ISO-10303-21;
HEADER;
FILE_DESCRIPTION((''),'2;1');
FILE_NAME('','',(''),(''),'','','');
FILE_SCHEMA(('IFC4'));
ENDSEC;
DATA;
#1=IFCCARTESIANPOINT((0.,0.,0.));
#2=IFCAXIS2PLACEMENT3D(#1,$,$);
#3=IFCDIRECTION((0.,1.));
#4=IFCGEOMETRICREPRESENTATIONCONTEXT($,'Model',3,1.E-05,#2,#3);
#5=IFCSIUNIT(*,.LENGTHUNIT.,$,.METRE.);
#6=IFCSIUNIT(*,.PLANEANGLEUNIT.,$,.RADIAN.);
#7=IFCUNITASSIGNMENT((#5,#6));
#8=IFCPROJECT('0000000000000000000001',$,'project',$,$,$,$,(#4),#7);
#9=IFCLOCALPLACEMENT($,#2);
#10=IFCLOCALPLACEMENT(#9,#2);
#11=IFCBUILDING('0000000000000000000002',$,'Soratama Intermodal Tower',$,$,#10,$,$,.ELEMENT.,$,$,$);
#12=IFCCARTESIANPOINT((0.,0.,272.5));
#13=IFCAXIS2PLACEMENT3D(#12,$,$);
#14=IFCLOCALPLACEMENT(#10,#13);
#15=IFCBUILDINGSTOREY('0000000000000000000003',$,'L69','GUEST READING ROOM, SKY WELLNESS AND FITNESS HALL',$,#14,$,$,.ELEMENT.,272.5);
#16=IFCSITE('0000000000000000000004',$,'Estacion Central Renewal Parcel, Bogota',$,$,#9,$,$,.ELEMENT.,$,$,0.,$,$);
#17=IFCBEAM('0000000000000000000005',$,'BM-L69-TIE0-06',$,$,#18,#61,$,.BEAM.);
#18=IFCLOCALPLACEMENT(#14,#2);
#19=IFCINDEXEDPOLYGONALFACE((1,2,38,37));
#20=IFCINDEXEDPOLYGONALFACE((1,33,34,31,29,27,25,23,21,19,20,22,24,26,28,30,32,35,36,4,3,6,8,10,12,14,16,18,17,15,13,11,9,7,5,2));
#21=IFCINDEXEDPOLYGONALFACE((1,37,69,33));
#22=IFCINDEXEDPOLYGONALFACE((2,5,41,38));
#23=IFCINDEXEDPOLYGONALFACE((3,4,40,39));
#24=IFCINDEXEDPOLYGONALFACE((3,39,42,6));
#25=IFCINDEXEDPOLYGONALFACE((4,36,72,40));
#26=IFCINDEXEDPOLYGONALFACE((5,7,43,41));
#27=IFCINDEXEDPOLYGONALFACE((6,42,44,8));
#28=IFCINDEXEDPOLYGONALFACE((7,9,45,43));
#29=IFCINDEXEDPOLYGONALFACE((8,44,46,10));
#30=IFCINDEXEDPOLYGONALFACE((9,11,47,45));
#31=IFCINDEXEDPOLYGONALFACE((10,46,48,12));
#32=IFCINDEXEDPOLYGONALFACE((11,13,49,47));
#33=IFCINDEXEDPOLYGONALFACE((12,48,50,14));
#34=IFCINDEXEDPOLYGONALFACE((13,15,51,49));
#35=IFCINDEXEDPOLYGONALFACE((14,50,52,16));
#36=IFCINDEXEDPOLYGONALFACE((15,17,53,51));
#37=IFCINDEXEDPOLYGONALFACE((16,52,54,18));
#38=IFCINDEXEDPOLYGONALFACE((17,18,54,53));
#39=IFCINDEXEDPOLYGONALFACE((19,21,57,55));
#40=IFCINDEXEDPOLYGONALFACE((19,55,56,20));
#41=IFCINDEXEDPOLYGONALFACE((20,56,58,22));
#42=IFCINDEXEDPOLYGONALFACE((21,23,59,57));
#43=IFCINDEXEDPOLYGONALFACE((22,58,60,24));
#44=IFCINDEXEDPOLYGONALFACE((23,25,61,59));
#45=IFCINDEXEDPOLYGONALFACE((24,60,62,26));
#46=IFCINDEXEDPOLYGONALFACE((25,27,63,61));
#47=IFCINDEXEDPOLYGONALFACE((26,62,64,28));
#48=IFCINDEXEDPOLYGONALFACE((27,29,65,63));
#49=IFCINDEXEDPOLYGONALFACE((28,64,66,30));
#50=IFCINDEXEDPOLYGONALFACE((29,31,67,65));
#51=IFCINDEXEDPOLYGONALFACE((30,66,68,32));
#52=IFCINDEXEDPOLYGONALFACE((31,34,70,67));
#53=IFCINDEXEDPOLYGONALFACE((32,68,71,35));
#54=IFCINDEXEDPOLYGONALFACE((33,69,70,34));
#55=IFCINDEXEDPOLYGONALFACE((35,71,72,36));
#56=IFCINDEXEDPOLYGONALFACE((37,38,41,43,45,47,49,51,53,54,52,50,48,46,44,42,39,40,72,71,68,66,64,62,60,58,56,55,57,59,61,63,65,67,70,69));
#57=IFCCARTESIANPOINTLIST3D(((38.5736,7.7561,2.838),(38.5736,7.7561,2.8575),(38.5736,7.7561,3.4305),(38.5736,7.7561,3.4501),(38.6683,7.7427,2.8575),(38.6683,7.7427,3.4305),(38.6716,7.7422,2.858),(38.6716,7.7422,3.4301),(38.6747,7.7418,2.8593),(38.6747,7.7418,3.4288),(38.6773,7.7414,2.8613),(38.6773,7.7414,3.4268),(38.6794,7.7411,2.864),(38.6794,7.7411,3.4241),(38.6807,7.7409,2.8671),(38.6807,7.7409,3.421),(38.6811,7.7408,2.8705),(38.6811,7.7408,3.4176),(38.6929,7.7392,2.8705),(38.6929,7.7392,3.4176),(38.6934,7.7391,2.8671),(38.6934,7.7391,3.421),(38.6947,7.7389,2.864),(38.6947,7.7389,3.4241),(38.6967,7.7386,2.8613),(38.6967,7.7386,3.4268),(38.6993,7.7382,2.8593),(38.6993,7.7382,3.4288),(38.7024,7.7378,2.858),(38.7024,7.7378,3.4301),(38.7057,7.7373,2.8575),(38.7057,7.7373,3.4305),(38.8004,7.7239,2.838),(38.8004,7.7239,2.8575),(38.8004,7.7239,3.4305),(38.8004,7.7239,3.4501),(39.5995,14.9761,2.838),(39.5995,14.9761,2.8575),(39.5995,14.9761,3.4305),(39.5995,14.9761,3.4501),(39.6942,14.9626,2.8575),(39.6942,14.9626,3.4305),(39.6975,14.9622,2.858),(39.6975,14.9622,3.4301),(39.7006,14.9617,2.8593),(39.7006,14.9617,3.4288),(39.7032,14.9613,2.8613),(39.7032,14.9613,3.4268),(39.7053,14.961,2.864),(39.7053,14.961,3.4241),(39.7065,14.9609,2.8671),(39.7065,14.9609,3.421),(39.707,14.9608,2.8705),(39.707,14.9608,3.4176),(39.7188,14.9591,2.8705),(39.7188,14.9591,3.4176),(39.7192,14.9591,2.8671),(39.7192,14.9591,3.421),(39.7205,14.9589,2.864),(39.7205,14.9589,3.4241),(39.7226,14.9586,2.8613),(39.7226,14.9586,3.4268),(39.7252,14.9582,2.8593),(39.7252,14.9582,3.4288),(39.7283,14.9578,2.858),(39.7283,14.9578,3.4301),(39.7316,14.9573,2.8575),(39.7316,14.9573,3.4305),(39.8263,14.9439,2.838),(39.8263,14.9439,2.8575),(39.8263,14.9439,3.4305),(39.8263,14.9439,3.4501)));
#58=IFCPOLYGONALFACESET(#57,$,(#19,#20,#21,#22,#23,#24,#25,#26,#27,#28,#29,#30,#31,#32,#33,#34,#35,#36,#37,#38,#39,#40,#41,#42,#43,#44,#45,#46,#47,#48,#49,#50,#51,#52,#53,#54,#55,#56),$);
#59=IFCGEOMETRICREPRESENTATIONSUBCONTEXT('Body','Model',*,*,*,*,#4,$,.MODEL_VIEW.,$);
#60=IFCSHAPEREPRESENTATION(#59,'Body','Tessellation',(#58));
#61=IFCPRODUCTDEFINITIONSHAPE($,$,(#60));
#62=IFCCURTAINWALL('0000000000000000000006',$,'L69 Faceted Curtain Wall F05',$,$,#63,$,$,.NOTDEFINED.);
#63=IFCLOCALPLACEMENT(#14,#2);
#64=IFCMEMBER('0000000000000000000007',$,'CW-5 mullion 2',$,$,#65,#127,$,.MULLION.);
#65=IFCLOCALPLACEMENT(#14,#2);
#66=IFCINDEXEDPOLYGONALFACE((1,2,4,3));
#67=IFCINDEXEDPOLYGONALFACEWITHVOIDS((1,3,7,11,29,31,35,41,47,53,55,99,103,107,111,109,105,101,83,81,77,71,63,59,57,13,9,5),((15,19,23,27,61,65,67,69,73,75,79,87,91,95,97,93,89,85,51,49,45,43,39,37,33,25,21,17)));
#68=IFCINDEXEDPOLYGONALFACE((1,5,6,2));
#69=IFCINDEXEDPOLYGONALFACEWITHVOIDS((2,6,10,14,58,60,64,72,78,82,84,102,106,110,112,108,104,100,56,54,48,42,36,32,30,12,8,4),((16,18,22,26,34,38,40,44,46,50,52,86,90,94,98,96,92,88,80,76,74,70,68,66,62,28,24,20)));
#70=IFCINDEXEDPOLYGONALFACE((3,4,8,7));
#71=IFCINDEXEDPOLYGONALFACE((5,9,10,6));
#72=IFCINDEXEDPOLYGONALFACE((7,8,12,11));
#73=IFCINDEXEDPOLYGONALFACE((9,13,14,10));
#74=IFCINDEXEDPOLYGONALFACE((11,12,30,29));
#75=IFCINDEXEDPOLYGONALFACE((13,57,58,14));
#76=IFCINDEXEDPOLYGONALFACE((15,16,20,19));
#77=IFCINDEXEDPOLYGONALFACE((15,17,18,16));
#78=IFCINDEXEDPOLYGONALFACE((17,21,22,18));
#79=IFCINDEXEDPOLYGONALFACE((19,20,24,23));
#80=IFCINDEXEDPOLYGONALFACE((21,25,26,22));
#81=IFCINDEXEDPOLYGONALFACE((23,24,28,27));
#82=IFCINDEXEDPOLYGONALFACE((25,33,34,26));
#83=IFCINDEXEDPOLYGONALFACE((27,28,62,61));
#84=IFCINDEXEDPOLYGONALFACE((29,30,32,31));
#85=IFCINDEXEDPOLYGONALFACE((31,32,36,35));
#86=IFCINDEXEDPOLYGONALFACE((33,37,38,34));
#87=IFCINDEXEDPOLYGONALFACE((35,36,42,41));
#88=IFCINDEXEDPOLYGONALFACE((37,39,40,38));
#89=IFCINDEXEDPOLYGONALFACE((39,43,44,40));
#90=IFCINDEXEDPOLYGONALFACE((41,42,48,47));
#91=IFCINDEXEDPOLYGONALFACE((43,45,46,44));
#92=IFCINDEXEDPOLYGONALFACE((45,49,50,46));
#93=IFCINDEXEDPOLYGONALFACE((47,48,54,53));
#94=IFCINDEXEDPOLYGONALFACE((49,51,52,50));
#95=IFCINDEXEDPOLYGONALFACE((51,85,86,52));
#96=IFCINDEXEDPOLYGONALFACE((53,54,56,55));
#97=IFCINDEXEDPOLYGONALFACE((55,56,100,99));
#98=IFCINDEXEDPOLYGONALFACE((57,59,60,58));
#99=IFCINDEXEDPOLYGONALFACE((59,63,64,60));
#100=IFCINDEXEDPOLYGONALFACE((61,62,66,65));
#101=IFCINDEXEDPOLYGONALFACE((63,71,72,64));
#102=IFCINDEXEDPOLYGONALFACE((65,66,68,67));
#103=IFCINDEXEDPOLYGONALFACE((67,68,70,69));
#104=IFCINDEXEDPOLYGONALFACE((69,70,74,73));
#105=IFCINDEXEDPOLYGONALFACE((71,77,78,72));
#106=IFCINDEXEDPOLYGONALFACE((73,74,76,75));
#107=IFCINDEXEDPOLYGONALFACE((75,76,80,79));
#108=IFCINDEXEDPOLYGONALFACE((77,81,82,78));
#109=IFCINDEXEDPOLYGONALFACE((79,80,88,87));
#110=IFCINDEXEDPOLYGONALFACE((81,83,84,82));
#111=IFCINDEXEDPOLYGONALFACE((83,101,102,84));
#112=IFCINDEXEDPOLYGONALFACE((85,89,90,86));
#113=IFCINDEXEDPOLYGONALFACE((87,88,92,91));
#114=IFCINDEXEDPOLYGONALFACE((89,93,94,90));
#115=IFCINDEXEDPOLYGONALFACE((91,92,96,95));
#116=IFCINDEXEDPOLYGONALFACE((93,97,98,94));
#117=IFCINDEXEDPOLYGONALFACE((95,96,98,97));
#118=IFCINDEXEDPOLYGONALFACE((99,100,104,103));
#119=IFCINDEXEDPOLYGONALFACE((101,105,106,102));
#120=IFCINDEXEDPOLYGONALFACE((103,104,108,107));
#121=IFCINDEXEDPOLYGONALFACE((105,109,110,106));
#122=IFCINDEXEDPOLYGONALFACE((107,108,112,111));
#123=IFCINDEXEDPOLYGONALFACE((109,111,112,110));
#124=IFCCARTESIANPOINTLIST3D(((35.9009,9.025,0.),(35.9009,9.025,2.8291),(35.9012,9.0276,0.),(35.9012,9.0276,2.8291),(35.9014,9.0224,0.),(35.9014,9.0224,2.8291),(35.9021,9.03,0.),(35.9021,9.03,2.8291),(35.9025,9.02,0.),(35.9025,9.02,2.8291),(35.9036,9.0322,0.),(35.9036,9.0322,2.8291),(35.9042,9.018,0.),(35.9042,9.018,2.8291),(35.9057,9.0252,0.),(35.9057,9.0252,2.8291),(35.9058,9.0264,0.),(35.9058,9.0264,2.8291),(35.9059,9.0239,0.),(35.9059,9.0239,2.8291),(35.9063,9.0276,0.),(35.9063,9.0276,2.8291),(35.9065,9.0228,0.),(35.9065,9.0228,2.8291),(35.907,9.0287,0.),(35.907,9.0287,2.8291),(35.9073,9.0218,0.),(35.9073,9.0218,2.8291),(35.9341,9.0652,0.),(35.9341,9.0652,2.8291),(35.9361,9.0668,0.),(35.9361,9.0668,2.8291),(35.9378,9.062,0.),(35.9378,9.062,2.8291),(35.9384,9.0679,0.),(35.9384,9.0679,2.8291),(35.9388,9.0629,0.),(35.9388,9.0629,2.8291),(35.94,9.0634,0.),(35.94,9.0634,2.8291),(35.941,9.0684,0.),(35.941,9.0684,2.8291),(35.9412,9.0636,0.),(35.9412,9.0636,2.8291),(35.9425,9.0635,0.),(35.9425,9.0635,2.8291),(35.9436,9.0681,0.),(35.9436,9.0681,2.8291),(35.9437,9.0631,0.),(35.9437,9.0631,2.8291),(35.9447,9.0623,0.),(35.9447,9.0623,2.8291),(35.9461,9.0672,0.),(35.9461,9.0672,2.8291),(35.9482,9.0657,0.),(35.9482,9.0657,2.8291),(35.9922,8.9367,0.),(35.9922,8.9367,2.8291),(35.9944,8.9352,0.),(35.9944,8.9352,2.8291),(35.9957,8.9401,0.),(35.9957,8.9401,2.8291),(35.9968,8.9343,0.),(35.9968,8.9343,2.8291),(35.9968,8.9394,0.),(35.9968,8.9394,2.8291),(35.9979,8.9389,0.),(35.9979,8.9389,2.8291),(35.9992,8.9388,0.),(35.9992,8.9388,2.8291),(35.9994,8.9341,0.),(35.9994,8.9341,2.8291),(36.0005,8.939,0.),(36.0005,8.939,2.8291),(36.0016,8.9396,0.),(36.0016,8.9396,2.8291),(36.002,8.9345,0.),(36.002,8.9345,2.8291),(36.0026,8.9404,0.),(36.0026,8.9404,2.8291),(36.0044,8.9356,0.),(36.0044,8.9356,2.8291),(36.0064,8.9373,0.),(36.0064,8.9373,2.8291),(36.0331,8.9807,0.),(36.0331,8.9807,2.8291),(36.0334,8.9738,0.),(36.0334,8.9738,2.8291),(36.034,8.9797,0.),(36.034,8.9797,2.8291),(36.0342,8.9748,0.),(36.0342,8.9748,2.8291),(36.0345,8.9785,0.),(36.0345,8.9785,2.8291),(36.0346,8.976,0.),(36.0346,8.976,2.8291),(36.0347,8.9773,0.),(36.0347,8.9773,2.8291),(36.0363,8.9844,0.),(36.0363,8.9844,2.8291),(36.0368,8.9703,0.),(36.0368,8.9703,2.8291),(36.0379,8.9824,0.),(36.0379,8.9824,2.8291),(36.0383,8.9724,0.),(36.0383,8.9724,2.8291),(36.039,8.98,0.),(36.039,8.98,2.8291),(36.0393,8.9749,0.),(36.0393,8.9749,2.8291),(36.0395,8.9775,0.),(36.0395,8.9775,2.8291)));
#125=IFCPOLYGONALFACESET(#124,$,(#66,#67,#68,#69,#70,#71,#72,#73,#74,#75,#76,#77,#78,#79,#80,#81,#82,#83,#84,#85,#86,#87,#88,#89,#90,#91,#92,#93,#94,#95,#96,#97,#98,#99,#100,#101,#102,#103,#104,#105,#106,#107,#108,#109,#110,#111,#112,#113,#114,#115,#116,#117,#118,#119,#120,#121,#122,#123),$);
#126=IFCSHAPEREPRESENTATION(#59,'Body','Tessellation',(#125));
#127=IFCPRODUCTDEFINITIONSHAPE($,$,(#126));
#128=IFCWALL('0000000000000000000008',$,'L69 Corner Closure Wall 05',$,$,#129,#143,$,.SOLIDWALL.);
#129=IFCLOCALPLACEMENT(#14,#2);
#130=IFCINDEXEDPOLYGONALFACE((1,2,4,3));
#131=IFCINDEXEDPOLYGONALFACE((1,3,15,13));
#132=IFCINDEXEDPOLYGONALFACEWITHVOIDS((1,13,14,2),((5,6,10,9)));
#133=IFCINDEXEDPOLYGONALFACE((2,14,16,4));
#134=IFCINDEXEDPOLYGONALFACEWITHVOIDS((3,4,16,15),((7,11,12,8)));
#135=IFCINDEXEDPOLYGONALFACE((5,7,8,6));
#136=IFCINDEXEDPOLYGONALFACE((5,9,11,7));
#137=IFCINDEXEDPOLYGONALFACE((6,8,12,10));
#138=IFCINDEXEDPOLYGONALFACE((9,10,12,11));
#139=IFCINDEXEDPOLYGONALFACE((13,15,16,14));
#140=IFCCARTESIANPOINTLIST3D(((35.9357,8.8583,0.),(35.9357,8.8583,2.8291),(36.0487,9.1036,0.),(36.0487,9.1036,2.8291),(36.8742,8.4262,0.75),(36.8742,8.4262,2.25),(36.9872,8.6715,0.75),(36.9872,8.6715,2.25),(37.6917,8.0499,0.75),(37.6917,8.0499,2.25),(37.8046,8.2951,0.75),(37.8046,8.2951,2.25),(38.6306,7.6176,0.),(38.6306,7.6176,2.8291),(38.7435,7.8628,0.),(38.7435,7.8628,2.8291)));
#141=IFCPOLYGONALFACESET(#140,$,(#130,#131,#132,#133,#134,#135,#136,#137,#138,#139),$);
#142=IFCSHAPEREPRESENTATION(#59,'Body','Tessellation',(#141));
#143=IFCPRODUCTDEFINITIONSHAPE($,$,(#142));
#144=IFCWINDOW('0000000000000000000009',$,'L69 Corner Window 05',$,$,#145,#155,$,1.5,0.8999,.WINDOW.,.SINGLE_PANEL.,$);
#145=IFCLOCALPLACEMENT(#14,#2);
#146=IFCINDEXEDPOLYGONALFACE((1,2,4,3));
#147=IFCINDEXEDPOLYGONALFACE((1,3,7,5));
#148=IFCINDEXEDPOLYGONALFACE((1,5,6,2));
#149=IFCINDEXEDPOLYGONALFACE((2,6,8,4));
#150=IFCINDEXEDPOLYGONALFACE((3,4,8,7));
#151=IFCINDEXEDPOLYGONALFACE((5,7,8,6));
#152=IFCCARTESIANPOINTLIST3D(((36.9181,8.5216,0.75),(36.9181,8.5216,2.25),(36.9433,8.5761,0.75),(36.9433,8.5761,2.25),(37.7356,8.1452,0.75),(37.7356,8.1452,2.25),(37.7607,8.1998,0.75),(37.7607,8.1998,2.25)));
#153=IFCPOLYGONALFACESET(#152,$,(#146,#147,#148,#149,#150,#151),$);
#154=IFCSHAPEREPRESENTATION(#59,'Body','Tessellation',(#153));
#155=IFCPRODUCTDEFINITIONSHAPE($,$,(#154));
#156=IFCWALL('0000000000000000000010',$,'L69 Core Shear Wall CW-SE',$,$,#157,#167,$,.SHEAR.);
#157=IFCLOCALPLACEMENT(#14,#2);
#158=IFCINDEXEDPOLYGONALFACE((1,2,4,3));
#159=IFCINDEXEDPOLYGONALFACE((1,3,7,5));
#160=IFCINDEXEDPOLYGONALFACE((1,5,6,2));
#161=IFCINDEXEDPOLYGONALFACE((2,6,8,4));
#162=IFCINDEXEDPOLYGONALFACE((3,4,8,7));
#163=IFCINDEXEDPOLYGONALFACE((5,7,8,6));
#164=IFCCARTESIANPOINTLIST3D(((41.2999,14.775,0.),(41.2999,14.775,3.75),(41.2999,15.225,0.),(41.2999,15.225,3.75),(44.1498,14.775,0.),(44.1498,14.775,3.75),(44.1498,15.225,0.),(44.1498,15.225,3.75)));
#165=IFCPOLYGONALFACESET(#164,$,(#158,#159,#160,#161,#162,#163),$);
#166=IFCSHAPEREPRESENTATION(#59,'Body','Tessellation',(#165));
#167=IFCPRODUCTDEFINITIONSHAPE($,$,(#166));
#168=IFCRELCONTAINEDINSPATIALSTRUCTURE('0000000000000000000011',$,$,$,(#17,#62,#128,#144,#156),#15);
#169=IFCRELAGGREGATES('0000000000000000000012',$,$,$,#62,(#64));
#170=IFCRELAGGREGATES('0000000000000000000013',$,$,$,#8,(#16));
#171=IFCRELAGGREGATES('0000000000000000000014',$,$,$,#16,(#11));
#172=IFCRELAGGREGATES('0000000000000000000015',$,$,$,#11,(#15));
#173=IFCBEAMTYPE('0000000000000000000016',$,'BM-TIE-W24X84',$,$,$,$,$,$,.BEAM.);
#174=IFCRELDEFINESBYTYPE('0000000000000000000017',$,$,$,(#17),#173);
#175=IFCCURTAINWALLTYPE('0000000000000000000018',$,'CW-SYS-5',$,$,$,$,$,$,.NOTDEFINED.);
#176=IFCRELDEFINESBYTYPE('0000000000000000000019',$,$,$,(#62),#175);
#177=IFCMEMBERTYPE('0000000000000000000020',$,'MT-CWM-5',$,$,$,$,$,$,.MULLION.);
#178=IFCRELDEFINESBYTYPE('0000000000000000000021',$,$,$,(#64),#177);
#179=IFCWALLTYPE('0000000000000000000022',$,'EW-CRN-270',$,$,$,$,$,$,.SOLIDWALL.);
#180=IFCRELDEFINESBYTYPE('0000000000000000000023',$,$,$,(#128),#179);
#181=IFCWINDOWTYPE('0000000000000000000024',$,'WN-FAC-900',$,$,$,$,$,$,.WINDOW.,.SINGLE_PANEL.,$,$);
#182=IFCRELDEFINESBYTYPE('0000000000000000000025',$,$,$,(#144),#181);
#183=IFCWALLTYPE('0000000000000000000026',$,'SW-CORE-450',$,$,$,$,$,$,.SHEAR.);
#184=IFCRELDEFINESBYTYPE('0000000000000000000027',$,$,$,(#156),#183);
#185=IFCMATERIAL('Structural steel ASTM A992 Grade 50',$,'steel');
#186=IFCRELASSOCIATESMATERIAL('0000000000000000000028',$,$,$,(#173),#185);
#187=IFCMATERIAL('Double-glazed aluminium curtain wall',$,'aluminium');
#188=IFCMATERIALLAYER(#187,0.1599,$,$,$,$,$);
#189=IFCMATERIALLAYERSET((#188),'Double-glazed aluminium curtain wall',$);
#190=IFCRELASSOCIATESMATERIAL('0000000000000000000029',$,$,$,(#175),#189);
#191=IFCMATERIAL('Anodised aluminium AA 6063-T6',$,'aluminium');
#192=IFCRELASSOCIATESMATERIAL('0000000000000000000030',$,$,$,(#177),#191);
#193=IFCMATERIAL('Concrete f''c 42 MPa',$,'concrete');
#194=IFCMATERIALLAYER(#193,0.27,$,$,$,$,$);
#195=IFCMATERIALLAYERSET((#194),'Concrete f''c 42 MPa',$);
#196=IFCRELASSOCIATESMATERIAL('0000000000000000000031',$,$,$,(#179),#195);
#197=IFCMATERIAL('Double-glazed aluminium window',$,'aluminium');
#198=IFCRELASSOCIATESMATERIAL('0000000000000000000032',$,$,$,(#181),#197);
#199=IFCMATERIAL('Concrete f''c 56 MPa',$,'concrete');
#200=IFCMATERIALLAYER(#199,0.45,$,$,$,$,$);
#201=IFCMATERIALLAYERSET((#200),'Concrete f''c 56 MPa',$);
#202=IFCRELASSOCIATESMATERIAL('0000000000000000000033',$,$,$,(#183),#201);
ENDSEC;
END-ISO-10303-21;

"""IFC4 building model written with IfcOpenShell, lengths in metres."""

from ifc_helpers import new_model, si_unit, direction, frame, frame_2d, origin, origin_2d, place, context, subcontext, project, spatial, rectangle, hollow_rectangle, i_section, extrude, material, layer, layer_set, material_profile, profile_set, type_object, element, fill, aggregate, save


model = new_model("IFC4")

# Units and contexts
model_context = context("Model", 3, precision=1e-05, world=origin(), true_north=direction((0.0, 1.0)))
body_context = subcontext(model_context, "Body", "Model", "MODEL_VIEW")
ifc_project = project(units=[si_unit("LENGTHUNIT", "METRE"), si_unit("PLANEANGLEUNIT", "RADIAN")], contexts=[model_context])

# Site, building, storey
site_placement = place(None, origin())
site = spatial("IfcSite", under=ifc_project, at=site_placement, Name="Estacion Central Renewal Parcel, Bogota", CompositionType="ELEMENT", RefElevation=0.0)
building_placement = place(site_placement, origin())
building = spatial("IfcBuilding", under=site, at=building_placement, Name="Soratama Intermodal Tower", CompositionType="ELEMENT")
storey_placement = place(building_placement, frame((0.0, 0.0, 272.5)))
storey = spatial("IfcBuildingStorey", under=building, at=storey_placement, Name="L69", Description="GUEST READING ROOM, SKY WELLNESS AND FITNESS HALL", CompositionType="ELEMENT", Elevation=272.5)

# Beam
ifc_material_1 = material(Name="Structural steel ASTM A992 Grade 50", Category="steel")
ifc_material_profile_1 = material_profile(ifc_material_1, i_section(OverallWidth=0.229, OverallDepth=0.6121, WebThickness=0.012, FlangeThickness=0.0195, FilletRadius=0.0129, at=origin_2d()), Name="W24X84")
ifc_profile_set_1 = profile_set([ifc_material_profile_1], Name="Structural steel ASTM A992 Grade 50")
beam_type_1 = type_object("IfcBeamType", Name="BM-TIE-W24X84", PredefinedType="BEAM", material=ifc_profile_set_1)
beam_1_placement = place(storey_placement, frame((39.7129, 14.96, 3.144), z_axis=(-0.140676, -0.990056, 0.0), x_axis=(0.990056, -0.140676, 0.0)))
element("IfcBeam", 1, at=beam_1_placement, inside=storey, type_object=beam_type_1, Name="BM-L69-TIE0-06", PredefinedType="BEAM", context=body_context, shape_type="SweptSolid", body=[
    extrude(i_section(OverallWidth=0.229, OverallDepth=0.6121, WebThickness=0.012, FlangeThickness=0.0195, FilletRadius=0.0129, at=origin_2d()), origin(), (0.0, 0.0, 1.0), 7.2925),
])

# Curtain wall, member
ifc_material_2 = material(Name="Double-glazed aluminium curtain wall", Category="aluminium")
ifc_layer_1 = layer(ifc_material_2, 0.1599)
ifc_layer_set_1 = layer_set([ifc_layer_1], Name="Double-glazed aluminium curtain wall")
curtain_wall_type = type_object("IfcCurtainWallType", Name="CW-SYS-5", PredefinedType="NOTDEFINED", material=ifc_layer_set_1)
curtain_wall_placement = place(storey_placement, origin())
curtain_wall = element("IfcCurtainWall", 2, at=curtain_wall_placement, inside=storey, type_object=curtain_wall_type, Name="L69 Faceted Curtain Wall F05", PredefinedType="NOTDEFINED")
ifc_material_3 = material(Name="Anodised aluminium AA 6063-T6", Category="aluminium")
ifc_material_profile_2 = material_profile(ifc_material_3, hollow_rectangle(XDim=0.0649, YDim=0.1399, WallThickness=0.0049, InnerFilletRadius=0.0049, OuterFilletRadius=0.01, at=origin_2d()), Name="CWM140X65X5")
ifc_profile_set_2 = profile_set([ifc_material_profile_2], Name="Anodised aluminium AA 6063-T6")
member_type = type_object("IfcMemberType", Name="MT-CWM-5", PredefinedType="MULLION", material=ifc_profile_set_2)
member_placement = place(storey_placement, frame((35.9702, 9.0012, 0.0), z_axis=(0.0, 0.0, 1.0), x_axis=(0.678417, 0.734677, 0.0)))
member = element("IfcMember", 3, at=member_placement, type_object=member_type, Name="CW-5 mullion 2", PredefinedType="MULLION", context=body_context, shape_type="SweptSolid", body=[
    extrude(hollow_rectangle(XDim=0.0649, YDim=0.1399, WallThickness=0.0049, InnerFilletRadius=0.0049, OuterFilletRadius=0.01, at=origin_2d()), origin(), (0.0, 0.0, 1.0), 2.8291),
])
aggregate(curtain_wall, [member])

# Wall, opening, window
ifc_material_4 = material(Name="Concrete f'c 42 MPa", Category="concrete")
ifc_layer_2 = layer(ifc_material_4, 0.27)
ifc_layer_set_2 = layer_set([ifc_layer_2], Name="Concrete f'c 42 MPa")
wall_type_1 = type_object("IfcWallType", Name="EW-CRN-270", PredefinedType="SOLIDWALL", material=ifc_layer_set_2)
wall_1_placement = place(storey_placement, frame((35.9922, 8.981, 0.0), z_axis=(0.0, 0.0, 1.0), x_axis=(0.908349, -0.418213, 0.0)))
wall_1 = element("IfcWall", 4, at=wall_1_placement, inside=storey, type_object=wall_type_1, Name="L69 Corner Closure Wall 05", PredefinedType="SOLIDWALL", context=body_context, shape_type="SweptSolid", body=[
    extrude(rectangle(XDim=2.9668, YDim=0.27, at=frame_2d((1.4834, 0.0))), origin(), (0.0, 0.0, 1.0), 2.8291),
])
opening_1_placement = place(wall_1_placement, frame((1.0332, 0.0, 0.75)))
opening_1 = element("IfcOpeningElement", 5, at=opening_1_placement, cuts=wall_1, PredefinedType="OPENING", context=body_context, shape_type="SweptSolid", body=[
    extrude(rectangle(XDim=0.8999, YDim=1.5, at=frame_2d((0.45, 0.75))), frame((0.0, 0.145, 0.0), z_axis=(0.0, -1.0, 0.0), x_axis=(1.0, 0.0, 0.0)), (0.0, 0.0, 1.0), 0.29),
])
ifc_material_5 = material(Name="Double-glazed aluminium window", Category="aluminium")
window_type_1 = type_object("IfcWindowType", Name="WN-FAC-900", PartitioningType="SINGLE_PANEL", PredefinedType="WINDOW", material=ifc_material_5)
window_1_placement = place(opening_1_placement, origin())
window_1 = element("IfcWindow", 6, at=window_1_placement, inside=storey, type_object=window_type_1, Name="L69 Corner Window 05", OverallHeight=1.5, OverallWidth=0.8999, PartitioningType="SINGLE_PANEL", PredefinedType="WINDOW", context=body_context, shape_type="SweptSolid", body=[
    extrude(rectangle(XDim=0.8999, YDim=1.5, at=frame_2d((0.45, 0.75))), frame((0.0, 0.03, 0.0), z_axis=(0.0, -1.0, 0.0), x_axis=(1.0, 0.0, 0.0)), (0.0, 0.0, 1.0), 0.0601),
])
fill(opening_1, window_1)

# Wall
ifc_material_6 = material(Name="Concrete f'c 56 MPa", Category="concrete")
ifc_layer_3 = layer(ifc_material_6, 0.45)
ifc_layer_set_3 = layer_set([ifc_layer_3], Name="Concrete f'c 56 MPa")
wall_type_2 = type_object("IfcWallType", Name="SW-CORE-450", PredefinedType="SHEAR", material=ifc_layer_set_3)
wall_2_placement = place(storey_placement, frame((41.3, 15.0, 0.0), z_axis=(0.0, 0.0, 1.0), x_axis=(1.0, 0.0, 0.0)))
element("IfcWall", 7, at=wall_2_placement, inside=storey, type_object=wall_type_2, Name="L69 Core Shear Wall CW-SE", PredefinedType="SHEAR", context=body_context, shape_type="SweptSolid", body=[
    extrude(rectangle(XDim=2.8499, YDim=0.45, at=frame_2d((1.4248, 0.0))), origin(), (0.0, 0.0, 1.0), 3.75),
])

save(model, "model.ifc")
